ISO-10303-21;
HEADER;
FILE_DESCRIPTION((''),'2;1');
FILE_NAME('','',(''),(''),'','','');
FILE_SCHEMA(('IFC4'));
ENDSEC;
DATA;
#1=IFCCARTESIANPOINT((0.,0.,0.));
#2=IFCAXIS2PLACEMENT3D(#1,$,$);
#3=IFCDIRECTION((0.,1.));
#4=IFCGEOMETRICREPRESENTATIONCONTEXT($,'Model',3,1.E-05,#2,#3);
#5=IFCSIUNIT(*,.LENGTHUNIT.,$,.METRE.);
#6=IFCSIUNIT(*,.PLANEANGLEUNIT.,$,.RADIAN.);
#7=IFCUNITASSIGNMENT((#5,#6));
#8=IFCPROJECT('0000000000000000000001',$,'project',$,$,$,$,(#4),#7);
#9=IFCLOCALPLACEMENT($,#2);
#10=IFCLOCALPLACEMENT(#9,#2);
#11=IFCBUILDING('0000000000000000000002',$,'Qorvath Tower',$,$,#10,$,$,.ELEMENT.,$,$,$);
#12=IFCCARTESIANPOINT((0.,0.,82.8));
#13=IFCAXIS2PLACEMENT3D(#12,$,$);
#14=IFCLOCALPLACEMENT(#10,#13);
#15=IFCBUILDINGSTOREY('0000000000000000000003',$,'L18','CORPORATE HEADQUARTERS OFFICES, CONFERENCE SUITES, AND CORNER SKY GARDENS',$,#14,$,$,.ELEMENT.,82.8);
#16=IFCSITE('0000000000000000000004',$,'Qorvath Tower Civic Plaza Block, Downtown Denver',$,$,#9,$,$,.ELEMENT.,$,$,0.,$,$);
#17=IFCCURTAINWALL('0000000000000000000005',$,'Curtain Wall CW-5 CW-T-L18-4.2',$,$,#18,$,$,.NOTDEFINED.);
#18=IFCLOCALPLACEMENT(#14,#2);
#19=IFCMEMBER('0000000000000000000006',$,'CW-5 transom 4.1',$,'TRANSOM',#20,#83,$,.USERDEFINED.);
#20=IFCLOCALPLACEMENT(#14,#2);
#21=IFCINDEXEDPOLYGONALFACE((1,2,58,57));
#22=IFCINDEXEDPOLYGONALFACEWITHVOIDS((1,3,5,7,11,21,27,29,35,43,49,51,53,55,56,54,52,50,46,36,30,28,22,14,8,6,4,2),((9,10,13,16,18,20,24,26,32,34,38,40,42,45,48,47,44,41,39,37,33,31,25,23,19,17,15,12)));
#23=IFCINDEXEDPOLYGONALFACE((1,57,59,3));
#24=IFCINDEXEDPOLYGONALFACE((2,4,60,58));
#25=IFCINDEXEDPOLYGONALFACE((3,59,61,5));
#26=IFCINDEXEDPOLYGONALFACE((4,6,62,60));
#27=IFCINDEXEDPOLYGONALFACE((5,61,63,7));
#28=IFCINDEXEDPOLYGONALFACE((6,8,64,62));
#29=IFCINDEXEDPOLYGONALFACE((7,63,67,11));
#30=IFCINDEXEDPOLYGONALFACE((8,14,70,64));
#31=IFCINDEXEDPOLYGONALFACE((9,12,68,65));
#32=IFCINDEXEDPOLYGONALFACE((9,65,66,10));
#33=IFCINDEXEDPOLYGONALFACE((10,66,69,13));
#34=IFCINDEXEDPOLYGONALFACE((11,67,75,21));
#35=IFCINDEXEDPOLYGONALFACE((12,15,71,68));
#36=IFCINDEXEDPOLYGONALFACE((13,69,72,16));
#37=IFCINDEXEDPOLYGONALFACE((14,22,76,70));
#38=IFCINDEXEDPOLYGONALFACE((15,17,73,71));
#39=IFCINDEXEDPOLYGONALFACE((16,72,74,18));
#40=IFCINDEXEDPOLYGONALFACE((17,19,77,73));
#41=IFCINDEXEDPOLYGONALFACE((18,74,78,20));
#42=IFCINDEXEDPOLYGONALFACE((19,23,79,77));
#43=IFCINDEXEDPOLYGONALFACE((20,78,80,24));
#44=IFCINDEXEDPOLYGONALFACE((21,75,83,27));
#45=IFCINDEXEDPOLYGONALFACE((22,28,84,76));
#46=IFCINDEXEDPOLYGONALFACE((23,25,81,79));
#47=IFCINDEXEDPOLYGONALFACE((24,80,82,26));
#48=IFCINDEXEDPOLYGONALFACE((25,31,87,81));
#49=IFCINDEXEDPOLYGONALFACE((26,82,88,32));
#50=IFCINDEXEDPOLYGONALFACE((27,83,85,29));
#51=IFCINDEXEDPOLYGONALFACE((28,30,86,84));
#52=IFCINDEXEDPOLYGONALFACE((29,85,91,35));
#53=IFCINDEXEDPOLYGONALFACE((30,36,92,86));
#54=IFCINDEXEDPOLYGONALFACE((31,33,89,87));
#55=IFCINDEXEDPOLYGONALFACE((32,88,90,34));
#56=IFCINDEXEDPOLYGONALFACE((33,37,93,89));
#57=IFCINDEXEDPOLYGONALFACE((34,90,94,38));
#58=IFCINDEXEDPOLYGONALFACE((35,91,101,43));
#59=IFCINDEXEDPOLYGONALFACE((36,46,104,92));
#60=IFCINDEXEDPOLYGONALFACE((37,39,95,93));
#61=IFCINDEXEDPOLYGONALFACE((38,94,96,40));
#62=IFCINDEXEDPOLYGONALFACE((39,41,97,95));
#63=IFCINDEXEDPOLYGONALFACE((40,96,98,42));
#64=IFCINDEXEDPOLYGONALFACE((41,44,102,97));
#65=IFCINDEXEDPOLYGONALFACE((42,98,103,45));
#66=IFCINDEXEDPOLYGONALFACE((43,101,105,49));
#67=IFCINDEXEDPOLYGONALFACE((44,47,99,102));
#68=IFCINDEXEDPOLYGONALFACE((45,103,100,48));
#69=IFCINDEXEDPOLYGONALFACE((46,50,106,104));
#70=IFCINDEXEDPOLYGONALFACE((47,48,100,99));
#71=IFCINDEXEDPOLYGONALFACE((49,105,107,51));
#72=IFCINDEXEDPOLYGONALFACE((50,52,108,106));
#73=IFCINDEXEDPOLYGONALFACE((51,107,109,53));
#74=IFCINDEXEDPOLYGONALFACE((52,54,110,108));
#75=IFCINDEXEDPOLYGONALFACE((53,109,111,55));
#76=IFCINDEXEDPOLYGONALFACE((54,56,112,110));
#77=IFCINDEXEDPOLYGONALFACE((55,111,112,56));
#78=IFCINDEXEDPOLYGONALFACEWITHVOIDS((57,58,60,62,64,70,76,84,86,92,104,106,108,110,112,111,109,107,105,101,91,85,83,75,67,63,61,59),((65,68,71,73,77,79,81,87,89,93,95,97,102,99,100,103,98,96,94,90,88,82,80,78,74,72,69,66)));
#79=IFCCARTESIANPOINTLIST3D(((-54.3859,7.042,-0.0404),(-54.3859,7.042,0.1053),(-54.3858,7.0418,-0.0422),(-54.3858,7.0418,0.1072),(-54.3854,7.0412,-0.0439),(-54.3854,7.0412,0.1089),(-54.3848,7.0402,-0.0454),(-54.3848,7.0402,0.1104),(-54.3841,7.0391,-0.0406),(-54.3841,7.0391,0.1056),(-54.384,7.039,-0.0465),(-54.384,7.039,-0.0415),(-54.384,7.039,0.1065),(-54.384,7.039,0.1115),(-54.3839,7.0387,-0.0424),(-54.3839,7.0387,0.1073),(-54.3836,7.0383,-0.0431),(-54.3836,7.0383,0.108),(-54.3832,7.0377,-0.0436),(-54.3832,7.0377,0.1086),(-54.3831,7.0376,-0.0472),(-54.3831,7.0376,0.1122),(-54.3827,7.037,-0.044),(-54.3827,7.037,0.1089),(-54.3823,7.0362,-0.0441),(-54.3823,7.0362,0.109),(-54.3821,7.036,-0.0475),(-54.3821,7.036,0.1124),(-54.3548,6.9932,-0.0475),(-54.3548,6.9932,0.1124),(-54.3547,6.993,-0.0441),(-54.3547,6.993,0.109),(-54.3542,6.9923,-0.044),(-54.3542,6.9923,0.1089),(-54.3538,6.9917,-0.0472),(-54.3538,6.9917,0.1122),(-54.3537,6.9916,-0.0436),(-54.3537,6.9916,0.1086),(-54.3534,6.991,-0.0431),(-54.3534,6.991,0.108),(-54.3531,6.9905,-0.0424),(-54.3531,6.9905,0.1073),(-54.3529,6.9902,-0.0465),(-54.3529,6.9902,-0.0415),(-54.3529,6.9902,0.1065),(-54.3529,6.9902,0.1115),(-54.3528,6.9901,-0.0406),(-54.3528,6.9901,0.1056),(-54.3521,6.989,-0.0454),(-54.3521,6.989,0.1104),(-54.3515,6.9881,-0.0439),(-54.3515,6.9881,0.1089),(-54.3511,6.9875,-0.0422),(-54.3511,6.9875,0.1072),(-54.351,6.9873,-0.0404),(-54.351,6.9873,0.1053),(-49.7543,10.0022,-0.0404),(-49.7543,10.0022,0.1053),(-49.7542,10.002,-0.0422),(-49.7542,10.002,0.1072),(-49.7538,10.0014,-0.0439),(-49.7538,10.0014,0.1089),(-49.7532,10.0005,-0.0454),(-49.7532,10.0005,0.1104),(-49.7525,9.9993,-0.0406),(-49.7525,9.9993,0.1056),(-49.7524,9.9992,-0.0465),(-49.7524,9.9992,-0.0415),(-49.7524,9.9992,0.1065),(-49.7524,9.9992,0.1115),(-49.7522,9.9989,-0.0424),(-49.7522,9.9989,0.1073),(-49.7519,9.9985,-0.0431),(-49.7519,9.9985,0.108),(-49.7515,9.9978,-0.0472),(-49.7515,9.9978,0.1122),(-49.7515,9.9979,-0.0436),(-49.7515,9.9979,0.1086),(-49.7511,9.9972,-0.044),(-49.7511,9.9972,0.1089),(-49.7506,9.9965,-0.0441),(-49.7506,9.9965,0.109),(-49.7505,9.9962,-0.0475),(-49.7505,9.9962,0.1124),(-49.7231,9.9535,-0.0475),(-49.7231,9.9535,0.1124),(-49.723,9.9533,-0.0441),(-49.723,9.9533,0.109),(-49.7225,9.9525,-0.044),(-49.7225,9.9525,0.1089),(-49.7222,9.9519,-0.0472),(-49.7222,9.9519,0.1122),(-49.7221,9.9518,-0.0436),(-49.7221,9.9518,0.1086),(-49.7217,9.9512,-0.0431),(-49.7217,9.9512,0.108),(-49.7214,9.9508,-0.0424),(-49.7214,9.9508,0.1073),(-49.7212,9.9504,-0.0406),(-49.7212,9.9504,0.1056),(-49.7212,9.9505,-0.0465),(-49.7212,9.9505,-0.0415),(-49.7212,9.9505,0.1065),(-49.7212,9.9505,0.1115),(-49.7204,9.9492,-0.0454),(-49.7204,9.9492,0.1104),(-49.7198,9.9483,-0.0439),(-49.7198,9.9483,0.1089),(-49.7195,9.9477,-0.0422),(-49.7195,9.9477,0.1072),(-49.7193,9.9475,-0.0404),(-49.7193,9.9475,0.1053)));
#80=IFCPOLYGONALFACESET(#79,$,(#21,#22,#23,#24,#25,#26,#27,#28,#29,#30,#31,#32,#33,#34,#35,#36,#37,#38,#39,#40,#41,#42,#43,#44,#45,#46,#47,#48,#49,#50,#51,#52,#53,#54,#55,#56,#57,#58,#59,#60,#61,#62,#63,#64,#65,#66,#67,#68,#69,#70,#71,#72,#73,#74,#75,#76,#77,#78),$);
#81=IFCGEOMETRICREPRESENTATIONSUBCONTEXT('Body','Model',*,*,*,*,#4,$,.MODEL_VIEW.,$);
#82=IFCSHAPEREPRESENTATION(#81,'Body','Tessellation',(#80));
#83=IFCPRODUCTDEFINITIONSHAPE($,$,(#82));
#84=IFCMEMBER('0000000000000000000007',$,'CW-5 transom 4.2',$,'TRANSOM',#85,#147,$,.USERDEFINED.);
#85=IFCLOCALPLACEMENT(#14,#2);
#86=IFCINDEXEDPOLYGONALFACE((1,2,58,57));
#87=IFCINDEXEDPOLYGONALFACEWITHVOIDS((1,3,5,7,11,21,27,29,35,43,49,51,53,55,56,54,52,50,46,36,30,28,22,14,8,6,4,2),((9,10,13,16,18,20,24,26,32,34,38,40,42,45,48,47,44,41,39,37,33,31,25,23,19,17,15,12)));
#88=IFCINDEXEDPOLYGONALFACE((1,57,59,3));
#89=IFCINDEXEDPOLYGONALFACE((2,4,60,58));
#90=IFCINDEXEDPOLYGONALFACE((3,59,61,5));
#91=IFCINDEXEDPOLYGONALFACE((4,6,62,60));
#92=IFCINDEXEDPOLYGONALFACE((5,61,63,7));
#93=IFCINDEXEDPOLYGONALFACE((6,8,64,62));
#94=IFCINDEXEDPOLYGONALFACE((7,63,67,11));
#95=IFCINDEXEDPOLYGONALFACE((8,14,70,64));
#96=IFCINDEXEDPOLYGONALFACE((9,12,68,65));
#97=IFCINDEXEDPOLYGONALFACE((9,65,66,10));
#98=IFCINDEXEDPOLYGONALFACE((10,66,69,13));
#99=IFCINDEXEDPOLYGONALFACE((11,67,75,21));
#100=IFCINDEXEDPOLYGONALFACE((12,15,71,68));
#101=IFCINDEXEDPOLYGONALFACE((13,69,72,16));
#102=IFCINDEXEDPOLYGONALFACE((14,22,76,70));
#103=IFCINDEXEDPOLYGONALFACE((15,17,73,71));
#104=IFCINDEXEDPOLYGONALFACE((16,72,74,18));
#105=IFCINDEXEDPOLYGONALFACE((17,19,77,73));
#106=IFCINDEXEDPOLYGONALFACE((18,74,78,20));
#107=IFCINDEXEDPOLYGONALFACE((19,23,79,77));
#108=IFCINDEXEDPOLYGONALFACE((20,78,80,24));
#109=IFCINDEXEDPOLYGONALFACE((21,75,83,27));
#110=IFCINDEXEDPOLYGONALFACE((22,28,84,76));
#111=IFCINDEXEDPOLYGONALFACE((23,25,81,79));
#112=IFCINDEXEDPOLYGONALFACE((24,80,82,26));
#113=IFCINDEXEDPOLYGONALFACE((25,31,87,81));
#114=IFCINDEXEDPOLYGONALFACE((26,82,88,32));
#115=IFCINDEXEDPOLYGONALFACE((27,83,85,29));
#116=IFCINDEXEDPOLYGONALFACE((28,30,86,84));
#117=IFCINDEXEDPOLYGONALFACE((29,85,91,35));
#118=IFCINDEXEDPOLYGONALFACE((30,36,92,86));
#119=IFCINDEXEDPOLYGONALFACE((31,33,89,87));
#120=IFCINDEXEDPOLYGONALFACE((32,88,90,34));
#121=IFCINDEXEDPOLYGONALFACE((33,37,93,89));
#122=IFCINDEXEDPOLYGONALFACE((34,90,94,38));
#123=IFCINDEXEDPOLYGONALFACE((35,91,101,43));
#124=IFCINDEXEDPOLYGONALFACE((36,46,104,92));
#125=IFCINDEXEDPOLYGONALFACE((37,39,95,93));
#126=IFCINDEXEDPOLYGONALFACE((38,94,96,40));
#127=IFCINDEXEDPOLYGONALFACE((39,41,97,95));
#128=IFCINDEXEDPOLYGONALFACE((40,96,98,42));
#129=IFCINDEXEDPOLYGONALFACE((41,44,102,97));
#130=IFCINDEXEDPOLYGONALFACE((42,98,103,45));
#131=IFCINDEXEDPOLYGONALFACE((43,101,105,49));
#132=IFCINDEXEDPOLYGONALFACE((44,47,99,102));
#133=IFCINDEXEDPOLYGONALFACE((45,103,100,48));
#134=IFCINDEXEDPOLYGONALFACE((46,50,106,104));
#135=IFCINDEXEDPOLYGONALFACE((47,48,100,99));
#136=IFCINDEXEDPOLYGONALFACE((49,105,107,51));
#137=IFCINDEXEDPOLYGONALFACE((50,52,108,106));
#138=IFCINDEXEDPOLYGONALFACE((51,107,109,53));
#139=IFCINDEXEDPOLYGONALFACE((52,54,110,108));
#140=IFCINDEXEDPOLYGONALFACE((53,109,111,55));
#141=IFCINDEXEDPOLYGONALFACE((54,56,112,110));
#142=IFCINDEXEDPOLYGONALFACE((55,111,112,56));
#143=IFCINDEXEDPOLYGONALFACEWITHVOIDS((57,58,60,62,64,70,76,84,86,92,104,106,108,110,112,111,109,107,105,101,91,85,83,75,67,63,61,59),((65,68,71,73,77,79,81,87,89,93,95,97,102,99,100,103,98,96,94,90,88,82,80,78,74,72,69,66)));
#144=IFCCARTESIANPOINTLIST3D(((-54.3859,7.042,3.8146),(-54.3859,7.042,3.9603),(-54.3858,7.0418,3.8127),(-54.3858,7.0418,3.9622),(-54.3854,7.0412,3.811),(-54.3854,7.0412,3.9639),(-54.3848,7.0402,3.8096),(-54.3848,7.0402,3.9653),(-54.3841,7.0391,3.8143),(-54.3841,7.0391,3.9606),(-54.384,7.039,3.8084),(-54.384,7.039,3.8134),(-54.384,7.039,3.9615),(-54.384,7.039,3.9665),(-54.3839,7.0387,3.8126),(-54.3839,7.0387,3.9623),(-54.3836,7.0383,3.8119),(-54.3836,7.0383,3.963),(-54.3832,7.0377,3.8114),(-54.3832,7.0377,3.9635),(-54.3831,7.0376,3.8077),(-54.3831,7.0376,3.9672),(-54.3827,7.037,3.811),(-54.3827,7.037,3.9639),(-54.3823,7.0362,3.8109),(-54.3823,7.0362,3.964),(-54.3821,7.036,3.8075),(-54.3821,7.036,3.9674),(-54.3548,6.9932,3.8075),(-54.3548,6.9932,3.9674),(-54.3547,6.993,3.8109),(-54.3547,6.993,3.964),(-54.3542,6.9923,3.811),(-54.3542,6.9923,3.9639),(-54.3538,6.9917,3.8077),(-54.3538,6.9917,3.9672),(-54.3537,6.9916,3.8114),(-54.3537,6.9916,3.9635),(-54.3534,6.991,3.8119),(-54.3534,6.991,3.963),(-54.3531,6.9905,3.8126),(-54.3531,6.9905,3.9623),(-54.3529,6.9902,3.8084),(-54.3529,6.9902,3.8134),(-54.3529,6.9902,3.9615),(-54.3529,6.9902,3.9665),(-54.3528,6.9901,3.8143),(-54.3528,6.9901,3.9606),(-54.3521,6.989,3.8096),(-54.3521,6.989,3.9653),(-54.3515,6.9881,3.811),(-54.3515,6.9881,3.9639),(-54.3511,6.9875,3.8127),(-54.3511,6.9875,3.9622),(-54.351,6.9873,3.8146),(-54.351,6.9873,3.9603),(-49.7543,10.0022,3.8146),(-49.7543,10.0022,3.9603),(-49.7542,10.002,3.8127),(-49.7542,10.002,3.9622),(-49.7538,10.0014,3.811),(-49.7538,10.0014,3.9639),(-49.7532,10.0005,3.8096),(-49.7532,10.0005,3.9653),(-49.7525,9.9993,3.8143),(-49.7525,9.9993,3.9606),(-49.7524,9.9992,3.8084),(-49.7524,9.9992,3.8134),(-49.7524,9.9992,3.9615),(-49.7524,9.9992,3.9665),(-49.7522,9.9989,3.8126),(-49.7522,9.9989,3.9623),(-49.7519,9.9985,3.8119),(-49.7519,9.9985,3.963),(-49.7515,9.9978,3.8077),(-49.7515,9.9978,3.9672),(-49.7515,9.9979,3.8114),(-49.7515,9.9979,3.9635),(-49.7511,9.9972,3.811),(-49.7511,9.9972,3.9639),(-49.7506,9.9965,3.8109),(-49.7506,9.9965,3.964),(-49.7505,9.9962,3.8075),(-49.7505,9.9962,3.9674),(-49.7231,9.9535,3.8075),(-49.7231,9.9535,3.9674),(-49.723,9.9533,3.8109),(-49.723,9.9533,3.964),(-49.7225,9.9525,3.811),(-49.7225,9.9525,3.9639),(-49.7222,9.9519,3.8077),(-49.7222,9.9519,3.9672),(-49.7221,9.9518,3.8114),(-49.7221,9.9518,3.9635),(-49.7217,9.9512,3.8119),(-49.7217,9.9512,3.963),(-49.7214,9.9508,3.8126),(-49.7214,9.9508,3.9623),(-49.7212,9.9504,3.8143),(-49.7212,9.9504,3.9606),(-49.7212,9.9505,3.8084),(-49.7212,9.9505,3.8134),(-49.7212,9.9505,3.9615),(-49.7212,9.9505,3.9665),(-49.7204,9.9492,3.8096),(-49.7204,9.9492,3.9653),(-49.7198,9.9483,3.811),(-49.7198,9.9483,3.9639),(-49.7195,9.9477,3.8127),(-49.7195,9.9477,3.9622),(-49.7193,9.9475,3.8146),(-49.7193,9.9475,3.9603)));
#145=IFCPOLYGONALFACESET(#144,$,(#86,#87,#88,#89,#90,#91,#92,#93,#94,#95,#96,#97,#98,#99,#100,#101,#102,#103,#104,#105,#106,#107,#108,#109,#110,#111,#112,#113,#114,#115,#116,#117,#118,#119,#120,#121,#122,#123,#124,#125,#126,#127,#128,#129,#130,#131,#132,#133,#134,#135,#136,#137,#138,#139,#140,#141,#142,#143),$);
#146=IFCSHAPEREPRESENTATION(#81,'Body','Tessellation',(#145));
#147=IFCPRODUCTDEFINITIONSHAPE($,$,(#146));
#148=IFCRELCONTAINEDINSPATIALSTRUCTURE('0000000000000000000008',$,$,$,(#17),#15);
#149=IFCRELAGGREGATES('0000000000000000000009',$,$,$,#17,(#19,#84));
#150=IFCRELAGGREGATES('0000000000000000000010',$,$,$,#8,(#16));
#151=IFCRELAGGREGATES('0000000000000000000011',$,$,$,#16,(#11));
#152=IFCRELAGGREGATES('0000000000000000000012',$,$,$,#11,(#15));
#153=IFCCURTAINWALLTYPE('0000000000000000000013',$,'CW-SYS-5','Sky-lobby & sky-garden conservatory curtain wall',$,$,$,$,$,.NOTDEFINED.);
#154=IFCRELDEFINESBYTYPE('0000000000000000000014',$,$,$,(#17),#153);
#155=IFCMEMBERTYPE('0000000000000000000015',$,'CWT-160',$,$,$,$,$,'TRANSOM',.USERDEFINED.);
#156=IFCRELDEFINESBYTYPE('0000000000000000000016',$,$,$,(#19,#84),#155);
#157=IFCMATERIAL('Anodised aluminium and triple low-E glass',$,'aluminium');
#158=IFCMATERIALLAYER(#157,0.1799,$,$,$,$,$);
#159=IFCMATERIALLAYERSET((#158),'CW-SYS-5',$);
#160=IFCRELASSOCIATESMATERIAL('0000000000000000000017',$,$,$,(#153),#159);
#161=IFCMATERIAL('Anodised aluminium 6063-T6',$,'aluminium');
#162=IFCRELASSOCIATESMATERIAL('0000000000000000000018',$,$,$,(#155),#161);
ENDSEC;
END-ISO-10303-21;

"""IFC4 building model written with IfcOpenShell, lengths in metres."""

from ifc_helpers import new_model, si_unit, direction, frame, origin, origin_2d, place, context, subcontext, project, spatial, hollow_rectangle, extrude, material, layer, layer_set, material_profile, profile_set, type_object, element, aggregate, save


model = new_model("IFC4")

# Units and contexts
model_context = context("Model", 3, precision=1e-05, world=origin(), true_north=direction((0.0, 1.0)))
body_context = subcontext(model_context, "Body", "Model", "MODEL_VIEW")
ifc_project = project(units=[si_unit("LENGTHUNIT", "METRE"), si_unit("PLANEANGLEUNIT", "RADIAN")], contexts=[model_context])

# Site, building, storey
site_placement = place(None, origin())
site = spatial("IfcSite", under=ifc_project, at=site_placement, Name="Qorvath Tower Civic Plaza Block, Downtown Denver", CompositionType="ELEMENT", RefElevation=0.0)
building_placement = place(site_placement, origin())
building = spatial("IfcBuilding", under=site, at=building_placement, Name="Qorvath Tower", CompositionType="ELEMENT")
storey_placement = place(building_placement, frame((0.0, 0.0, 82.8)))
storey = spatial("IfcBuildingStorey", under=building, at=storey_placement, Name="L18", Description="CORPORATE HEADQUARTERS OFFICES, CONFERENCE SUITES, AND CORNER SKY GARDENS", CompositionType="ELEMENT", Elevation=82.8)

# Curtain wall
ifc_material_1 = material(Name="Anodised aluminium and triple low-E glass", Category="aluminium")
ifc_layer_1 = layer(ifc_material_1, 0.1799)
ifc_layer_set_1 = layer_set([ifc_layer_1], Name="CW-SYS-5")
curtain_wall_type = type_object("IfcCurtainWallType", Name="CW-SYS-5", Description="Sky-lobby & sky-garden conservatory curtain wall", PredefinedType="NOTDEFINED", material=ifc_layer_set_1)
curtain_wall_1_placement = place(storey_placement, origin())
curtain_wall_1 = element("IfcCurtainWall", 1, at=curtain_wall_1_placement, inside=storey, type_object=curtain_wall_type, Name="Curtain Wall CW-5 CW-T-L18-4.2", PredefinedType="NOTDEFINED")

# Members
ifc_material_2 = material(Name="Anodised aluminium 6063-T6", Category="aluminium")
ifc_material_profile_1 = material_profile(ifc_material_2, hollow_rectangle(XDim=0.0649, YDim=0.1599, WallThickness=0.0034, InnerFilletRadius=0.0034, OuterFilletRadius=0.0071, at=origin_2d()), Name="CWT 160x65")
ifc_profile_set_1 = profile_set([ifc_material_profile_1], Name="Anodised aluminium 6063-T6")
member_type_1 = type_object("IfcMemberType", Name="CWT-160", ElementType="TRANSOM", PredefinedType="USERDEFINED", material=ifc_profile_set_1)
member_1_placement = place(storey_placement, frame((-49.7368, 9.9749, 0.0325), z_axis=(-0.842603, -0.538536, 0.0), x_axis=(0.538536, -0.842603, 0.0)))
member_1 = element("IfcMember", 2, at=member_1_placement, type_object=member_type_1, Name="CW-5 transom 4.1", ObjectType="TRANSOM", PredefinedType="USERDEFINED", context=body_context, shape_type="SweptSolid", body=[
    extrude(hollow_rectangle(XDim=0.0649, YDim=0.1599, WallThickness=0.0034, InnerFilletRadius=0.0034, OuterFilletRadius=0.0071, at=origin_2d()), origin(), (0.0, 0.0, 1.0), 5.4968),
])
member_2_placement = place(storey_placement, frame((-49.7368, 9.9749, 3.8875), z_axis=(-0.842603, -0.538536, 0.0), x_axis=(0.538536, -0.842603, 0.0)))
member_2 = element("IfcMember", 3, at=member_2_placement, type_object=member_type_1, Name="CW-5 transom 4.2", ObjectType="TRANSOM", PredefinedType="USERDEFINED", context=body_context, shape_type="SweptSolid", body=[
    extrude(hollow_rectangle(XDim=0.0649, YDim=0.1599, WallThickness=0.0034, InnerFilletRadius=0.0034, OuterFilletRadius=0.0071, at=origin_2d()), origin(), (0.0, 0.0, 1.0), 5.4968),
])

aggregate(curtain_wall_1, [member_1, member_2])

save(model, "model.ifc")
